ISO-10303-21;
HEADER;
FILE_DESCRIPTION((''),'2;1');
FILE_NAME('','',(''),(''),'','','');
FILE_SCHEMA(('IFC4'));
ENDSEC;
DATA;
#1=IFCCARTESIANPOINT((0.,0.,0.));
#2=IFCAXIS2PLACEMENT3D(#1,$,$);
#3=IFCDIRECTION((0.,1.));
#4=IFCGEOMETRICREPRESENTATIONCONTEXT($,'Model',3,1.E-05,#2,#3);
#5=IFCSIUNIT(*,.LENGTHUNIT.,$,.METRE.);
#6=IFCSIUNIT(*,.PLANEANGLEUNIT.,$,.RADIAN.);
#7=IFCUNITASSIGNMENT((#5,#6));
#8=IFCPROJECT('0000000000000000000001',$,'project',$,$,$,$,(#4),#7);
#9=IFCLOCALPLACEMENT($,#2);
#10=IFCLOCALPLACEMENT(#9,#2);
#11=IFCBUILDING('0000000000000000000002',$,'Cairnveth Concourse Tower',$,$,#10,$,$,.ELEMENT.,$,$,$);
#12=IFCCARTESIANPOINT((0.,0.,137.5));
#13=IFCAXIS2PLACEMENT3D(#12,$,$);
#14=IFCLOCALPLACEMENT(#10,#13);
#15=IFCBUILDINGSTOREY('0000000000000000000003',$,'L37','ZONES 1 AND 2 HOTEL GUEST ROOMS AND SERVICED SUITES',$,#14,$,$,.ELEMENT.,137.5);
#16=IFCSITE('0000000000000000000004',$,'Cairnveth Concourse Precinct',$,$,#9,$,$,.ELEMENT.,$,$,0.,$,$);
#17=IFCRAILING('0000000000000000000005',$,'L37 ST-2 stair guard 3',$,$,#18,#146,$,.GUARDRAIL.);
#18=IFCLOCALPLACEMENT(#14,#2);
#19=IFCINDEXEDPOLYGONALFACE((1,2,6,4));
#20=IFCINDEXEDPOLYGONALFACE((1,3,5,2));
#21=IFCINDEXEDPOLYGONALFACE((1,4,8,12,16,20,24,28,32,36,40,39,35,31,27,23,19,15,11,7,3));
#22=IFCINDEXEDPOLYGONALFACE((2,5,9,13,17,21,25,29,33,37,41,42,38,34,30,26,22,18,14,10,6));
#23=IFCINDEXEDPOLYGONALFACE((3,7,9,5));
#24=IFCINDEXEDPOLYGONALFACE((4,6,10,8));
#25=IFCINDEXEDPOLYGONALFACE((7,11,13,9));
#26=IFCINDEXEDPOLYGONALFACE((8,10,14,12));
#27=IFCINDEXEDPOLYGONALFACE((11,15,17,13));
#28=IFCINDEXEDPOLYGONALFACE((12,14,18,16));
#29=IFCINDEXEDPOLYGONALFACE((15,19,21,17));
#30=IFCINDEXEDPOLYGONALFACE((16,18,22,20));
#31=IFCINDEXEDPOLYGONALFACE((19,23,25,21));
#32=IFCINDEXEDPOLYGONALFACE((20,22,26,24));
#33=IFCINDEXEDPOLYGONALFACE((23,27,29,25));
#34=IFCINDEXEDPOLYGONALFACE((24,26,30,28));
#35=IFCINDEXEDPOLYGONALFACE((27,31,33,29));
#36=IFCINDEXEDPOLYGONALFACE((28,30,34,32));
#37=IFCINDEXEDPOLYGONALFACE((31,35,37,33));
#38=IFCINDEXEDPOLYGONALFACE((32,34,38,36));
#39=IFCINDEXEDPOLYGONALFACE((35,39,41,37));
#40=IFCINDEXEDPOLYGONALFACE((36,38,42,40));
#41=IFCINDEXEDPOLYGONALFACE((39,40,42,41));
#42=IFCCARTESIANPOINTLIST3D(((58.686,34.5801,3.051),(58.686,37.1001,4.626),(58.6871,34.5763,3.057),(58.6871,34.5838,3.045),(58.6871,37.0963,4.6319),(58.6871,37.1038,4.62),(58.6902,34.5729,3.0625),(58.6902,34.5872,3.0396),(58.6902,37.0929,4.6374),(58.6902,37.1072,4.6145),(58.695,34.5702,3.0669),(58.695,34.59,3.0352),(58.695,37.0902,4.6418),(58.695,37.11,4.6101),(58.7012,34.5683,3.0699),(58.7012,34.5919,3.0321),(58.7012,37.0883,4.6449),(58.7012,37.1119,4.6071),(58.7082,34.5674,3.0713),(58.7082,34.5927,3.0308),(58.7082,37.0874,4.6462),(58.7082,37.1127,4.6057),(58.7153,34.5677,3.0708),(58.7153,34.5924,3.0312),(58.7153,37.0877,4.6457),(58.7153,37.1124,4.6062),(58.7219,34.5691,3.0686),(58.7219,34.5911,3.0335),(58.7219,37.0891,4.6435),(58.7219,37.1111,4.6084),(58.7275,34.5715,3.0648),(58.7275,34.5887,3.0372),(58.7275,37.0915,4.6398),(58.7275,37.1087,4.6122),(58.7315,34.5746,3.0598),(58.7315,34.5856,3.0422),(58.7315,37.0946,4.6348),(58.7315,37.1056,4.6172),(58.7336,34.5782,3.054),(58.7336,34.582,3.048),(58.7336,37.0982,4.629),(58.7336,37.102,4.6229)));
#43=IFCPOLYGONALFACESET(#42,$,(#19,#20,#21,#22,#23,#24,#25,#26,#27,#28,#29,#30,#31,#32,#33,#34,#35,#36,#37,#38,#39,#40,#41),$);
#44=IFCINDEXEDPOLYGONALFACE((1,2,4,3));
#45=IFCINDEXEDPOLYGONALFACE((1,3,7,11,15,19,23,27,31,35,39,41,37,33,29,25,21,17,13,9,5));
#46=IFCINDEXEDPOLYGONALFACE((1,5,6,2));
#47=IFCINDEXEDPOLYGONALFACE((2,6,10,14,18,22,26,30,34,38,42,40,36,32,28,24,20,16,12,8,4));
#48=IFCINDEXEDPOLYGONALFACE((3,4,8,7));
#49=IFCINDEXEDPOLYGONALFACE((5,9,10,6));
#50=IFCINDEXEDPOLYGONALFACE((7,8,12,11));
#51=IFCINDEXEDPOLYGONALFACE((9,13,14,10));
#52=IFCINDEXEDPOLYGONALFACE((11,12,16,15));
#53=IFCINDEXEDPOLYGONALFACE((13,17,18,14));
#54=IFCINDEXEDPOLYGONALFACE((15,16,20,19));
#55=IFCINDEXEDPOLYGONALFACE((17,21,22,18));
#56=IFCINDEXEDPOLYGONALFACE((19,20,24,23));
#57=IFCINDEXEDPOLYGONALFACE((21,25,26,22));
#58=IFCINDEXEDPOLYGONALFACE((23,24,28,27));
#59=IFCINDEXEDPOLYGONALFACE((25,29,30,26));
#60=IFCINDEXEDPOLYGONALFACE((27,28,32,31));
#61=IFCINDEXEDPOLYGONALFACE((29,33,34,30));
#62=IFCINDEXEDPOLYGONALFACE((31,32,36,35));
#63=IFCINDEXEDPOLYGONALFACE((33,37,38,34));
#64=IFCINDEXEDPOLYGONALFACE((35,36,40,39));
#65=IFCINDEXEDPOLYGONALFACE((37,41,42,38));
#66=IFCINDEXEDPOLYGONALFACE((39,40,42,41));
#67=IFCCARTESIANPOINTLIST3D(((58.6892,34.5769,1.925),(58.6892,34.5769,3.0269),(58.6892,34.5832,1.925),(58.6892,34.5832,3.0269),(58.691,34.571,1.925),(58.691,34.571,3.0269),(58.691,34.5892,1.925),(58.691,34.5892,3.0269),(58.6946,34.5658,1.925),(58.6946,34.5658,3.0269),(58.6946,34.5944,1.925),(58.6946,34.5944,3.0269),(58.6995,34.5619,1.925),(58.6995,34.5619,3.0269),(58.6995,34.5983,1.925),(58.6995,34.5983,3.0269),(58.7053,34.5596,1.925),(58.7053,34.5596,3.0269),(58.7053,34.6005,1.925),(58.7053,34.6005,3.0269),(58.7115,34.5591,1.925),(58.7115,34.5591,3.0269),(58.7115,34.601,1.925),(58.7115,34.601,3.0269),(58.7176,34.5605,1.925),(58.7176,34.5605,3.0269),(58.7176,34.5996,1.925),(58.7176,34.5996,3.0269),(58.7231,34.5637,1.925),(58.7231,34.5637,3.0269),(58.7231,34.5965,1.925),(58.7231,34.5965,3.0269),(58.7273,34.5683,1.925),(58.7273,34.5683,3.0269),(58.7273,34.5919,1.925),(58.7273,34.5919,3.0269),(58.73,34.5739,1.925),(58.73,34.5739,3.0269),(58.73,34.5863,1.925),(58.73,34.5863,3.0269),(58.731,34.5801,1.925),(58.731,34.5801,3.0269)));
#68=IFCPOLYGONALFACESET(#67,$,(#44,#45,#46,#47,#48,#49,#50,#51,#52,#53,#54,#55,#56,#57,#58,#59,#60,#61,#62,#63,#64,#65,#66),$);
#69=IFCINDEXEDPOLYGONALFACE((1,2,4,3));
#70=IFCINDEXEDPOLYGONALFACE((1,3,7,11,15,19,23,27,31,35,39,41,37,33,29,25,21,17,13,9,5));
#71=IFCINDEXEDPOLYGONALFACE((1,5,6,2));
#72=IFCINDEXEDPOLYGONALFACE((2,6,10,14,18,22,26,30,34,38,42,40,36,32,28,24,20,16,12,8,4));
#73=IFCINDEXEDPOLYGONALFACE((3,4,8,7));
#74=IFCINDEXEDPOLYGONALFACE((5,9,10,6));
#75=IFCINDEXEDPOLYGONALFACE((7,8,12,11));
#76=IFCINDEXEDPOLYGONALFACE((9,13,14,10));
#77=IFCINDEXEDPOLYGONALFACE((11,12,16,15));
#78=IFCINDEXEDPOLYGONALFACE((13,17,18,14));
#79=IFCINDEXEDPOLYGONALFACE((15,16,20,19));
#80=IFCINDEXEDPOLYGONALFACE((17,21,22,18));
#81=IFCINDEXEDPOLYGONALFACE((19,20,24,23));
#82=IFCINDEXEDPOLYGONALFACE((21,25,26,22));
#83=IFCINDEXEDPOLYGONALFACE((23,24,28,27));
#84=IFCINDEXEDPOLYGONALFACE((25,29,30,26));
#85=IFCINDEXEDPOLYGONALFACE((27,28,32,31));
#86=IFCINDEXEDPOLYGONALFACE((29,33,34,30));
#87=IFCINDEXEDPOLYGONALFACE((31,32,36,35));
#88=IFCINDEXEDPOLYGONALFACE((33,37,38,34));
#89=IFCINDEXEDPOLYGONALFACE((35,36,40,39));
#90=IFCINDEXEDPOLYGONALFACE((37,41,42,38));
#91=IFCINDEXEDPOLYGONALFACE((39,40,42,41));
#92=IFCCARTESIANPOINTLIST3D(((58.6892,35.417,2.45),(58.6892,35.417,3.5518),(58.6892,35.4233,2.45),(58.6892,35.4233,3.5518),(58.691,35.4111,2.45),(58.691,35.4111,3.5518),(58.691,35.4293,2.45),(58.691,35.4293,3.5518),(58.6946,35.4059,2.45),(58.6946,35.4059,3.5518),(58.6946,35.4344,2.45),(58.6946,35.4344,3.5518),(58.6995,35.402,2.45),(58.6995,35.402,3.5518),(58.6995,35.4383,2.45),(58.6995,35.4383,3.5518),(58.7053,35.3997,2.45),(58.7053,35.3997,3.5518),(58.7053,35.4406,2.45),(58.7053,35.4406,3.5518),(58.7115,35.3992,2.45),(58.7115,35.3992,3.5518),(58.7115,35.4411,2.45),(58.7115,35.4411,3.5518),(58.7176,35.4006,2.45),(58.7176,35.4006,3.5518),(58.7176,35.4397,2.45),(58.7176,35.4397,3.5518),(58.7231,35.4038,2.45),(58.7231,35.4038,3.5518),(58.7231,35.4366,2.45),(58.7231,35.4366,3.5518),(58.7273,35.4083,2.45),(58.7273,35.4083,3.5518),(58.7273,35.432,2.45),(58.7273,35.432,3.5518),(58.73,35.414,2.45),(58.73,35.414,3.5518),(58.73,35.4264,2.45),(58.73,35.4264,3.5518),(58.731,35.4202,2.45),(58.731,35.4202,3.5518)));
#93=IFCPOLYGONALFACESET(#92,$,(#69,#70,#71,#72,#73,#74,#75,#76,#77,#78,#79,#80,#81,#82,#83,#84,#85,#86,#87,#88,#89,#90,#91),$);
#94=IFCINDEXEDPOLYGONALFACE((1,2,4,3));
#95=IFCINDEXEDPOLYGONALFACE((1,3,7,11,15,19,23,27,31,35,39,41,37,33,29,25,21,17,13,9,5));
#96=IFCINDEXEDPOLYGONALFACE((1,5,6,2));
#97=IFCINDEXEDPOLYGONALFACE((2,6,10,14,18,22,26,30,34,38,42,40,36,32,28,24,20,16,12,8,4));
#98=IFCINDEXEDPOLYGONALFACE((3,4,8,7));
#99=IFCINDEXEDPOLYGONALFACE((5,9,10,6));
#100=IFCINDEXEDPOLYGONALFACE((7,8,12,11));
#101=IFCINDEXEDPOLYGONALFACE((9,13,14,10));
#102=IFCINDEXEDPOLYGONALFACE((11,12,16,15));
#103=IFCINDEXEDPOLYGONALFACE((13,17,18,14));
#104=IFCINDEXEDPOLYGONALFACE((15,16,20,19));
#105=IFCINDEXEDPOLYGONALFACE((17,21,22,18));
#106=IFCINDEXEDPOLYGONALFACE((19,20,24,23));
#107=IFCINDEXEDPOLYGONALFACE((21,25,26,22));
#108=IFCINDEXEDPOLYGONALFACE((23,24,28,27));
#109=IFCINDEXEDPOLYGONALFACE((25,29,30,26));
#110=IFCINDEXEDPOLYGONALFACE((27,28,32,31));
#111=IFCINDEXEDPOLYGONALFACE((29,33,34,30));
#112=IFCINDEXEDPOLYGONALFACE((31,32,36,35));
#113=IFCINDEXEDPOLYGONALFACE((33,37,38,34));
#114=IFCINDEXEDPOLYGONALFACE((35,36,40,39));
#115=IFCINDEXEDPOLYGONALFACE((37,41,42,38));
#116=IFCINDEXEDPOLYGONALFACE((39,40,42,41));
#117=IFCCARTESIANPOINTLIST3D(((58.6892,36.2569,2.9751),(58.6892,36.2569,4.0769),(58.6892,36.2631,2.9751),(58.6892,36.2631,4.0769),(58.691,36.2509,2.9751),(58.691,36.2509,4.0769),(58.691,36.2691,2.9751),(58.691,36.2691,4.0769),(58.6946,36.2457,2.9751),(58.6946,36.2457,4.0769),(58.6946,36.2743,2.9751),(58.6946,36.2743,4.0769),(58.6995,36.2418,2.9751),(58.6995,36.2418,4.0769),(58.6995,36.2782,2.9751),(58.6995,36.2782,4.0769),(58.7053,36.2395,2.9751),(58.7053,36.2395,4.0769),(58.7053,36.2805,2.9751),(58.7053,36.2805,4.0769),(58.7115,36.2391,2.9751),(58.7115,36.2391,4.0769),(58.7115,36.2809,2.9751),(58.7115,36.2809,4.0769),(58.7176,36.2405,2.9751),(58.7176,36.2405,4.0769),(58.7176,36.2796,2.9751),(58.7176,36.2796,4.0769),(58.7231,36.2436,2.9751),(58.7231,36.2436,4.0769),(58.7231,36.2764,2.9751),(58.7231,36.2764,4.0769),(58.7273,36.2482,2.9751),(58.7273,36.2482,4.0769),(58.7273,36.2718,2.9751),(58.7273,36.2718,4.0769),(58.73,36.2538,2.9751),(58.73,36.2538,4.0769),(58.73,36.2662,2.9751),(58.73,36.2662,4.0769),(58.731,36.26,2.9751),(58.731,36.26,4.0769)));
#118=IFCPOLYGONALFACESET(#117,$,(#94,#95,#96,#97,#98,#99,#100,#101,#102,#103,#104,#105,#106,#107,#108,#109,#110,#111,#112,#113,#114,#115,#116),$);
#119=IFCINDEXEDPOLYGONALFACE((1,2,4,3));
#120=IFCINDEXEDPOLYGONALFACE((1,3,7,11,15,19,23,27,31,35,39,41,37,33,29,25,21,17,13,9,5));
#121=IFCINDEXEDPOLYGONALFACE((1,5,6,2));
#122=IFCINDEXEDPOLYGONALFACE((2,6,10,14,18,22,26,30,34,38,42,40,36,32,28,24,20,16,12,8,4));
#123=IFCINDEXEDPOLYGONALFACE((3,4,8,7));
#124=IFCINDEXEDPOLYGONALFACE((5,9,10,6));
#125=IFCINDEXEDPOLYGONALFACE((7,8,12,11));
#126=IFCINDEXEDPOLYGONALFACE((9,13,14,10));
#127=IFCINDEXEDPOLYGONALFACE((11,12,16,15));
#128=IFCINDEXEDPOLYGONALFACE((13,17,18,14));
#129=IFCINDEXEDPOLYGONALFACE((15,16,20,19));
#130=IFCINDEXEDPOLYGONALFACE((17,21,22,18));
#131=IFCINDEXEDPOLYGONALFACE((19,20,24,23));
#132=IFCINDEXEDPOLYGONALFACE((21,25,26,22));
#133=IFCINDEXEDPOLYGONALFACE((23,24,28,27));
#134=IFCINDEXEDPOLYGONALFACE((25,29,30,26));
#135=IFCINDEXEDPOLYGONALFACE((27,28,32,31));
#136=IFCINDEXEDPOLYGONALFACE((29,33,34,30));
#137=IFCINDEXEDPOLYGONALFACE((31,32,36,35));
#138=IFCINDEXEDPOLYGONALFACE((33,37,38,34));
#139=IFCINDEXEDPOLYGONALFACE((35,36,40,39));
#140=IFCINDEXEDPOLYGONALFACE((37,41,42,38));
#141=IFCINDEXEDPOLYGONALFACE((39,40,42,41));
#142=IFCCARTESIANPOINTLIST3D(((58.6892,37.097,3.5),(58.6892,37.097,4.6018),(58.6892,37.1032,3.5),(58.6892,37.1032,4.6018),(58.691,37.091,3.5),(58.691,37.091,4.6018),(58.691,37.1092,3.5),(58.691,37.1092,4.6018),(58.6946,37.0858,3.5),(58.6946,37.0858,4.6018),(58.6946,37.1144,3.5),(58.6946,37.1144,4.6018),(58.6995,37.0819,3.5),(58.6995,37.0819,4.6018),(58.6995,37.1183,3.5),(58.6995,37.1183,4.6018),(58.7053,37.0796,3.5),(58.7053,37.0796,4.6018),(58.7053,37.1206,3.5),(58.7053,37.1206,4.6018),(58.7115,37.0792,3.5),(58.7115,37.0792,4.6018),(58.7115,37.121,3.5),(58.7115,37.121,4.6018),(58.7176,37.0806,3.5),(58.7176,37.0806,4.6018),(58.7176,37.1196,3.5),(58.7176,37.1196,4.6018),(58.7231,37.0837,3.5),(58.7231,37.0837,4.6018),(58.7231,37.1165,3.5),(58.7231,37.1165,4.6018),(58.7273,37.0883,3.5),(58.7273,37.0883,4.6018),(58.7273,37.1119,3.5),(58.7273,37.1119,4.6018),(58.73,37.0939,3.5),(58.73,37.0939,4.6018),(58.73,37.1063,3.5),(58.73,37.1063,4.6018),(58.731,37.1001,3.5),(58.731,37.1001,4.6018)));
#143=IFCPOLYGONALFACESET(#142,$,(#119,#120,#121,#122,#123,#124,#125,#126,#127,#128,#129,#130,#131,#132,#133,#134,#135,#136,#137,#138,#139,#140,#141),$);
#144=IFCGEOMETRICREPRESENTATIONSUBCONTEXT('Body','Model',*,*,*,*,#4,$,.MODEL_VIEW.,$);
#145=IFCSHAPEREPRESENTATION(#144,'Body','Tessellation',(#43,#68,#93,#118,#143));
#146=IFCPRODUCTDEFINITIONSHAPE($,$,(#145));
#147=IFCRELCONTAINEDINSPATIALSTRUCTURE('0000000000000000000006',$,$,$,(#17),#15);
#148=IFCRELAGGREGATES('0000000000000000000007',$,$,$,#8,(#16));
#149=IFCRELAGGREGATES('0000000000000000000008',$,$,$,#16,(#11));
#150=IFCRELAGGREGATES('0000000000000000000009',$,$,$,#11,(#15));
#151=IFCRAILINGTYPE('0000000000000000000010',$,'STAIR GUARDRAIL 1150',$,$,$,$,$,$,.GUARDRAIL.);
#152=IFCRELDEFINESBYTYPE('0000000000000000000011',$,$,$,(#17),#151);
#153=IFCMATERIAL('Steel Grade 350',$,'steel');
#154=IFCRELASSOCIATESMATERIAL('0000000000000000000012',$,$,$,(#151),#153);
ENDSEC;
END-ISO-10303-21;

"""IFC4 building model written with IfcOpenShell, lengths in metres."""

from ifc_helpers import new_model, si_unit, direction, frame, origin, origin_2d, place, context, subcontext, project, spatial, circle, extrude, material, type_object, element, save


model = new_model("IFC4")

# Units and contexts
model_context = context("Model", 3, precision=1e-05, world=origin(), true_north=direction((0.0, 1.0)))
body_context = subcontext(model_context, "Body", "Model", "MODEL_VIEW")
ifc_project = project(units=[si_unit("LENGTHUNIT", "METRE"), si_unit("PLANEANGLEUNIT", "RADIAN")], contexts=[model_context])

# Site, building, storey
site_placement = place(None, origin())
site = spatial("IfcSite", under=ifc_project, at=site_placement, Name="Cairnveth Concourse Precinct", CompositionType="ELEMENT", RefElevation=0.0)
building_placement = place(site_placement, origin())
building = spatial("IfcBuilding", under=site, at=building_placement, Name="Cairnveth Concourse Tower", CompositionType="ELEMENT")
storey_placement = place(building_placement, frame((0.0, 0.0, 137.5)))
storey = spatial("IfcBuildingStorey", under=building, at=storey_placement, Name="L37", Description="ZONES 1 AND 2 HOTEL GUEST ROOMS AND SERVICED SUITES", CompositionType="ELEMENT", Elevation=137.5)

# Shared definitions
ifc_material_1 = material(Name="Steel Grade 350", Category="steel")

# Railing
railing_type_1 = type_object("IfcRailingType", Name="STAIR GUARDRAIL 1150", PredefinedType="GUARDRAIL", material=ifc_material_1)
railing_1_placement = place(storey_placement, frame((58.71, 34.5801, 1.925)))
element("IfcRailing", 1, at=railing_1_placement, inside=storey, type_object=railing_type_1, Name="L37 ST-2 stair guard 3", PredefinedType="GUARDRAIL", context=body_context, shape_type="SweptSolid", body=[
    extrude(circle(Radius=0.0239, at=origin_2d()), frame((0.0, 0.0, 1.126), z_axis=(0.0, 0.848008, 0.529984), x_axis=(-1.0, 0.0, 0.0)), (0.0, 0.0, 1.0), 2.9717),
    extrude(circle(Radius=0.021, at=origin_2d()), origin(), (0.0, 0.0, 1.0), 1.1018),
    extrude(circle(Radius=0.021, at=origin_2d()), frame((0.0, 0.8401, 0.5249)), (0.0, 0.0, 1.0), 1.1018),
    extrude(circle(Radius=0.021, at=origin_2d()), frame((0.0, 1.6799, 1.05)), (0.0, 0.0, 1.0), 1.1018),
    extrude(circle(Radius=0.021, at=origin_2d()), frame((0.0, 2.52, 1.575)), (0.0, 0.0, 1.0), 1.1018),
])

save(model, "model.ifc")
